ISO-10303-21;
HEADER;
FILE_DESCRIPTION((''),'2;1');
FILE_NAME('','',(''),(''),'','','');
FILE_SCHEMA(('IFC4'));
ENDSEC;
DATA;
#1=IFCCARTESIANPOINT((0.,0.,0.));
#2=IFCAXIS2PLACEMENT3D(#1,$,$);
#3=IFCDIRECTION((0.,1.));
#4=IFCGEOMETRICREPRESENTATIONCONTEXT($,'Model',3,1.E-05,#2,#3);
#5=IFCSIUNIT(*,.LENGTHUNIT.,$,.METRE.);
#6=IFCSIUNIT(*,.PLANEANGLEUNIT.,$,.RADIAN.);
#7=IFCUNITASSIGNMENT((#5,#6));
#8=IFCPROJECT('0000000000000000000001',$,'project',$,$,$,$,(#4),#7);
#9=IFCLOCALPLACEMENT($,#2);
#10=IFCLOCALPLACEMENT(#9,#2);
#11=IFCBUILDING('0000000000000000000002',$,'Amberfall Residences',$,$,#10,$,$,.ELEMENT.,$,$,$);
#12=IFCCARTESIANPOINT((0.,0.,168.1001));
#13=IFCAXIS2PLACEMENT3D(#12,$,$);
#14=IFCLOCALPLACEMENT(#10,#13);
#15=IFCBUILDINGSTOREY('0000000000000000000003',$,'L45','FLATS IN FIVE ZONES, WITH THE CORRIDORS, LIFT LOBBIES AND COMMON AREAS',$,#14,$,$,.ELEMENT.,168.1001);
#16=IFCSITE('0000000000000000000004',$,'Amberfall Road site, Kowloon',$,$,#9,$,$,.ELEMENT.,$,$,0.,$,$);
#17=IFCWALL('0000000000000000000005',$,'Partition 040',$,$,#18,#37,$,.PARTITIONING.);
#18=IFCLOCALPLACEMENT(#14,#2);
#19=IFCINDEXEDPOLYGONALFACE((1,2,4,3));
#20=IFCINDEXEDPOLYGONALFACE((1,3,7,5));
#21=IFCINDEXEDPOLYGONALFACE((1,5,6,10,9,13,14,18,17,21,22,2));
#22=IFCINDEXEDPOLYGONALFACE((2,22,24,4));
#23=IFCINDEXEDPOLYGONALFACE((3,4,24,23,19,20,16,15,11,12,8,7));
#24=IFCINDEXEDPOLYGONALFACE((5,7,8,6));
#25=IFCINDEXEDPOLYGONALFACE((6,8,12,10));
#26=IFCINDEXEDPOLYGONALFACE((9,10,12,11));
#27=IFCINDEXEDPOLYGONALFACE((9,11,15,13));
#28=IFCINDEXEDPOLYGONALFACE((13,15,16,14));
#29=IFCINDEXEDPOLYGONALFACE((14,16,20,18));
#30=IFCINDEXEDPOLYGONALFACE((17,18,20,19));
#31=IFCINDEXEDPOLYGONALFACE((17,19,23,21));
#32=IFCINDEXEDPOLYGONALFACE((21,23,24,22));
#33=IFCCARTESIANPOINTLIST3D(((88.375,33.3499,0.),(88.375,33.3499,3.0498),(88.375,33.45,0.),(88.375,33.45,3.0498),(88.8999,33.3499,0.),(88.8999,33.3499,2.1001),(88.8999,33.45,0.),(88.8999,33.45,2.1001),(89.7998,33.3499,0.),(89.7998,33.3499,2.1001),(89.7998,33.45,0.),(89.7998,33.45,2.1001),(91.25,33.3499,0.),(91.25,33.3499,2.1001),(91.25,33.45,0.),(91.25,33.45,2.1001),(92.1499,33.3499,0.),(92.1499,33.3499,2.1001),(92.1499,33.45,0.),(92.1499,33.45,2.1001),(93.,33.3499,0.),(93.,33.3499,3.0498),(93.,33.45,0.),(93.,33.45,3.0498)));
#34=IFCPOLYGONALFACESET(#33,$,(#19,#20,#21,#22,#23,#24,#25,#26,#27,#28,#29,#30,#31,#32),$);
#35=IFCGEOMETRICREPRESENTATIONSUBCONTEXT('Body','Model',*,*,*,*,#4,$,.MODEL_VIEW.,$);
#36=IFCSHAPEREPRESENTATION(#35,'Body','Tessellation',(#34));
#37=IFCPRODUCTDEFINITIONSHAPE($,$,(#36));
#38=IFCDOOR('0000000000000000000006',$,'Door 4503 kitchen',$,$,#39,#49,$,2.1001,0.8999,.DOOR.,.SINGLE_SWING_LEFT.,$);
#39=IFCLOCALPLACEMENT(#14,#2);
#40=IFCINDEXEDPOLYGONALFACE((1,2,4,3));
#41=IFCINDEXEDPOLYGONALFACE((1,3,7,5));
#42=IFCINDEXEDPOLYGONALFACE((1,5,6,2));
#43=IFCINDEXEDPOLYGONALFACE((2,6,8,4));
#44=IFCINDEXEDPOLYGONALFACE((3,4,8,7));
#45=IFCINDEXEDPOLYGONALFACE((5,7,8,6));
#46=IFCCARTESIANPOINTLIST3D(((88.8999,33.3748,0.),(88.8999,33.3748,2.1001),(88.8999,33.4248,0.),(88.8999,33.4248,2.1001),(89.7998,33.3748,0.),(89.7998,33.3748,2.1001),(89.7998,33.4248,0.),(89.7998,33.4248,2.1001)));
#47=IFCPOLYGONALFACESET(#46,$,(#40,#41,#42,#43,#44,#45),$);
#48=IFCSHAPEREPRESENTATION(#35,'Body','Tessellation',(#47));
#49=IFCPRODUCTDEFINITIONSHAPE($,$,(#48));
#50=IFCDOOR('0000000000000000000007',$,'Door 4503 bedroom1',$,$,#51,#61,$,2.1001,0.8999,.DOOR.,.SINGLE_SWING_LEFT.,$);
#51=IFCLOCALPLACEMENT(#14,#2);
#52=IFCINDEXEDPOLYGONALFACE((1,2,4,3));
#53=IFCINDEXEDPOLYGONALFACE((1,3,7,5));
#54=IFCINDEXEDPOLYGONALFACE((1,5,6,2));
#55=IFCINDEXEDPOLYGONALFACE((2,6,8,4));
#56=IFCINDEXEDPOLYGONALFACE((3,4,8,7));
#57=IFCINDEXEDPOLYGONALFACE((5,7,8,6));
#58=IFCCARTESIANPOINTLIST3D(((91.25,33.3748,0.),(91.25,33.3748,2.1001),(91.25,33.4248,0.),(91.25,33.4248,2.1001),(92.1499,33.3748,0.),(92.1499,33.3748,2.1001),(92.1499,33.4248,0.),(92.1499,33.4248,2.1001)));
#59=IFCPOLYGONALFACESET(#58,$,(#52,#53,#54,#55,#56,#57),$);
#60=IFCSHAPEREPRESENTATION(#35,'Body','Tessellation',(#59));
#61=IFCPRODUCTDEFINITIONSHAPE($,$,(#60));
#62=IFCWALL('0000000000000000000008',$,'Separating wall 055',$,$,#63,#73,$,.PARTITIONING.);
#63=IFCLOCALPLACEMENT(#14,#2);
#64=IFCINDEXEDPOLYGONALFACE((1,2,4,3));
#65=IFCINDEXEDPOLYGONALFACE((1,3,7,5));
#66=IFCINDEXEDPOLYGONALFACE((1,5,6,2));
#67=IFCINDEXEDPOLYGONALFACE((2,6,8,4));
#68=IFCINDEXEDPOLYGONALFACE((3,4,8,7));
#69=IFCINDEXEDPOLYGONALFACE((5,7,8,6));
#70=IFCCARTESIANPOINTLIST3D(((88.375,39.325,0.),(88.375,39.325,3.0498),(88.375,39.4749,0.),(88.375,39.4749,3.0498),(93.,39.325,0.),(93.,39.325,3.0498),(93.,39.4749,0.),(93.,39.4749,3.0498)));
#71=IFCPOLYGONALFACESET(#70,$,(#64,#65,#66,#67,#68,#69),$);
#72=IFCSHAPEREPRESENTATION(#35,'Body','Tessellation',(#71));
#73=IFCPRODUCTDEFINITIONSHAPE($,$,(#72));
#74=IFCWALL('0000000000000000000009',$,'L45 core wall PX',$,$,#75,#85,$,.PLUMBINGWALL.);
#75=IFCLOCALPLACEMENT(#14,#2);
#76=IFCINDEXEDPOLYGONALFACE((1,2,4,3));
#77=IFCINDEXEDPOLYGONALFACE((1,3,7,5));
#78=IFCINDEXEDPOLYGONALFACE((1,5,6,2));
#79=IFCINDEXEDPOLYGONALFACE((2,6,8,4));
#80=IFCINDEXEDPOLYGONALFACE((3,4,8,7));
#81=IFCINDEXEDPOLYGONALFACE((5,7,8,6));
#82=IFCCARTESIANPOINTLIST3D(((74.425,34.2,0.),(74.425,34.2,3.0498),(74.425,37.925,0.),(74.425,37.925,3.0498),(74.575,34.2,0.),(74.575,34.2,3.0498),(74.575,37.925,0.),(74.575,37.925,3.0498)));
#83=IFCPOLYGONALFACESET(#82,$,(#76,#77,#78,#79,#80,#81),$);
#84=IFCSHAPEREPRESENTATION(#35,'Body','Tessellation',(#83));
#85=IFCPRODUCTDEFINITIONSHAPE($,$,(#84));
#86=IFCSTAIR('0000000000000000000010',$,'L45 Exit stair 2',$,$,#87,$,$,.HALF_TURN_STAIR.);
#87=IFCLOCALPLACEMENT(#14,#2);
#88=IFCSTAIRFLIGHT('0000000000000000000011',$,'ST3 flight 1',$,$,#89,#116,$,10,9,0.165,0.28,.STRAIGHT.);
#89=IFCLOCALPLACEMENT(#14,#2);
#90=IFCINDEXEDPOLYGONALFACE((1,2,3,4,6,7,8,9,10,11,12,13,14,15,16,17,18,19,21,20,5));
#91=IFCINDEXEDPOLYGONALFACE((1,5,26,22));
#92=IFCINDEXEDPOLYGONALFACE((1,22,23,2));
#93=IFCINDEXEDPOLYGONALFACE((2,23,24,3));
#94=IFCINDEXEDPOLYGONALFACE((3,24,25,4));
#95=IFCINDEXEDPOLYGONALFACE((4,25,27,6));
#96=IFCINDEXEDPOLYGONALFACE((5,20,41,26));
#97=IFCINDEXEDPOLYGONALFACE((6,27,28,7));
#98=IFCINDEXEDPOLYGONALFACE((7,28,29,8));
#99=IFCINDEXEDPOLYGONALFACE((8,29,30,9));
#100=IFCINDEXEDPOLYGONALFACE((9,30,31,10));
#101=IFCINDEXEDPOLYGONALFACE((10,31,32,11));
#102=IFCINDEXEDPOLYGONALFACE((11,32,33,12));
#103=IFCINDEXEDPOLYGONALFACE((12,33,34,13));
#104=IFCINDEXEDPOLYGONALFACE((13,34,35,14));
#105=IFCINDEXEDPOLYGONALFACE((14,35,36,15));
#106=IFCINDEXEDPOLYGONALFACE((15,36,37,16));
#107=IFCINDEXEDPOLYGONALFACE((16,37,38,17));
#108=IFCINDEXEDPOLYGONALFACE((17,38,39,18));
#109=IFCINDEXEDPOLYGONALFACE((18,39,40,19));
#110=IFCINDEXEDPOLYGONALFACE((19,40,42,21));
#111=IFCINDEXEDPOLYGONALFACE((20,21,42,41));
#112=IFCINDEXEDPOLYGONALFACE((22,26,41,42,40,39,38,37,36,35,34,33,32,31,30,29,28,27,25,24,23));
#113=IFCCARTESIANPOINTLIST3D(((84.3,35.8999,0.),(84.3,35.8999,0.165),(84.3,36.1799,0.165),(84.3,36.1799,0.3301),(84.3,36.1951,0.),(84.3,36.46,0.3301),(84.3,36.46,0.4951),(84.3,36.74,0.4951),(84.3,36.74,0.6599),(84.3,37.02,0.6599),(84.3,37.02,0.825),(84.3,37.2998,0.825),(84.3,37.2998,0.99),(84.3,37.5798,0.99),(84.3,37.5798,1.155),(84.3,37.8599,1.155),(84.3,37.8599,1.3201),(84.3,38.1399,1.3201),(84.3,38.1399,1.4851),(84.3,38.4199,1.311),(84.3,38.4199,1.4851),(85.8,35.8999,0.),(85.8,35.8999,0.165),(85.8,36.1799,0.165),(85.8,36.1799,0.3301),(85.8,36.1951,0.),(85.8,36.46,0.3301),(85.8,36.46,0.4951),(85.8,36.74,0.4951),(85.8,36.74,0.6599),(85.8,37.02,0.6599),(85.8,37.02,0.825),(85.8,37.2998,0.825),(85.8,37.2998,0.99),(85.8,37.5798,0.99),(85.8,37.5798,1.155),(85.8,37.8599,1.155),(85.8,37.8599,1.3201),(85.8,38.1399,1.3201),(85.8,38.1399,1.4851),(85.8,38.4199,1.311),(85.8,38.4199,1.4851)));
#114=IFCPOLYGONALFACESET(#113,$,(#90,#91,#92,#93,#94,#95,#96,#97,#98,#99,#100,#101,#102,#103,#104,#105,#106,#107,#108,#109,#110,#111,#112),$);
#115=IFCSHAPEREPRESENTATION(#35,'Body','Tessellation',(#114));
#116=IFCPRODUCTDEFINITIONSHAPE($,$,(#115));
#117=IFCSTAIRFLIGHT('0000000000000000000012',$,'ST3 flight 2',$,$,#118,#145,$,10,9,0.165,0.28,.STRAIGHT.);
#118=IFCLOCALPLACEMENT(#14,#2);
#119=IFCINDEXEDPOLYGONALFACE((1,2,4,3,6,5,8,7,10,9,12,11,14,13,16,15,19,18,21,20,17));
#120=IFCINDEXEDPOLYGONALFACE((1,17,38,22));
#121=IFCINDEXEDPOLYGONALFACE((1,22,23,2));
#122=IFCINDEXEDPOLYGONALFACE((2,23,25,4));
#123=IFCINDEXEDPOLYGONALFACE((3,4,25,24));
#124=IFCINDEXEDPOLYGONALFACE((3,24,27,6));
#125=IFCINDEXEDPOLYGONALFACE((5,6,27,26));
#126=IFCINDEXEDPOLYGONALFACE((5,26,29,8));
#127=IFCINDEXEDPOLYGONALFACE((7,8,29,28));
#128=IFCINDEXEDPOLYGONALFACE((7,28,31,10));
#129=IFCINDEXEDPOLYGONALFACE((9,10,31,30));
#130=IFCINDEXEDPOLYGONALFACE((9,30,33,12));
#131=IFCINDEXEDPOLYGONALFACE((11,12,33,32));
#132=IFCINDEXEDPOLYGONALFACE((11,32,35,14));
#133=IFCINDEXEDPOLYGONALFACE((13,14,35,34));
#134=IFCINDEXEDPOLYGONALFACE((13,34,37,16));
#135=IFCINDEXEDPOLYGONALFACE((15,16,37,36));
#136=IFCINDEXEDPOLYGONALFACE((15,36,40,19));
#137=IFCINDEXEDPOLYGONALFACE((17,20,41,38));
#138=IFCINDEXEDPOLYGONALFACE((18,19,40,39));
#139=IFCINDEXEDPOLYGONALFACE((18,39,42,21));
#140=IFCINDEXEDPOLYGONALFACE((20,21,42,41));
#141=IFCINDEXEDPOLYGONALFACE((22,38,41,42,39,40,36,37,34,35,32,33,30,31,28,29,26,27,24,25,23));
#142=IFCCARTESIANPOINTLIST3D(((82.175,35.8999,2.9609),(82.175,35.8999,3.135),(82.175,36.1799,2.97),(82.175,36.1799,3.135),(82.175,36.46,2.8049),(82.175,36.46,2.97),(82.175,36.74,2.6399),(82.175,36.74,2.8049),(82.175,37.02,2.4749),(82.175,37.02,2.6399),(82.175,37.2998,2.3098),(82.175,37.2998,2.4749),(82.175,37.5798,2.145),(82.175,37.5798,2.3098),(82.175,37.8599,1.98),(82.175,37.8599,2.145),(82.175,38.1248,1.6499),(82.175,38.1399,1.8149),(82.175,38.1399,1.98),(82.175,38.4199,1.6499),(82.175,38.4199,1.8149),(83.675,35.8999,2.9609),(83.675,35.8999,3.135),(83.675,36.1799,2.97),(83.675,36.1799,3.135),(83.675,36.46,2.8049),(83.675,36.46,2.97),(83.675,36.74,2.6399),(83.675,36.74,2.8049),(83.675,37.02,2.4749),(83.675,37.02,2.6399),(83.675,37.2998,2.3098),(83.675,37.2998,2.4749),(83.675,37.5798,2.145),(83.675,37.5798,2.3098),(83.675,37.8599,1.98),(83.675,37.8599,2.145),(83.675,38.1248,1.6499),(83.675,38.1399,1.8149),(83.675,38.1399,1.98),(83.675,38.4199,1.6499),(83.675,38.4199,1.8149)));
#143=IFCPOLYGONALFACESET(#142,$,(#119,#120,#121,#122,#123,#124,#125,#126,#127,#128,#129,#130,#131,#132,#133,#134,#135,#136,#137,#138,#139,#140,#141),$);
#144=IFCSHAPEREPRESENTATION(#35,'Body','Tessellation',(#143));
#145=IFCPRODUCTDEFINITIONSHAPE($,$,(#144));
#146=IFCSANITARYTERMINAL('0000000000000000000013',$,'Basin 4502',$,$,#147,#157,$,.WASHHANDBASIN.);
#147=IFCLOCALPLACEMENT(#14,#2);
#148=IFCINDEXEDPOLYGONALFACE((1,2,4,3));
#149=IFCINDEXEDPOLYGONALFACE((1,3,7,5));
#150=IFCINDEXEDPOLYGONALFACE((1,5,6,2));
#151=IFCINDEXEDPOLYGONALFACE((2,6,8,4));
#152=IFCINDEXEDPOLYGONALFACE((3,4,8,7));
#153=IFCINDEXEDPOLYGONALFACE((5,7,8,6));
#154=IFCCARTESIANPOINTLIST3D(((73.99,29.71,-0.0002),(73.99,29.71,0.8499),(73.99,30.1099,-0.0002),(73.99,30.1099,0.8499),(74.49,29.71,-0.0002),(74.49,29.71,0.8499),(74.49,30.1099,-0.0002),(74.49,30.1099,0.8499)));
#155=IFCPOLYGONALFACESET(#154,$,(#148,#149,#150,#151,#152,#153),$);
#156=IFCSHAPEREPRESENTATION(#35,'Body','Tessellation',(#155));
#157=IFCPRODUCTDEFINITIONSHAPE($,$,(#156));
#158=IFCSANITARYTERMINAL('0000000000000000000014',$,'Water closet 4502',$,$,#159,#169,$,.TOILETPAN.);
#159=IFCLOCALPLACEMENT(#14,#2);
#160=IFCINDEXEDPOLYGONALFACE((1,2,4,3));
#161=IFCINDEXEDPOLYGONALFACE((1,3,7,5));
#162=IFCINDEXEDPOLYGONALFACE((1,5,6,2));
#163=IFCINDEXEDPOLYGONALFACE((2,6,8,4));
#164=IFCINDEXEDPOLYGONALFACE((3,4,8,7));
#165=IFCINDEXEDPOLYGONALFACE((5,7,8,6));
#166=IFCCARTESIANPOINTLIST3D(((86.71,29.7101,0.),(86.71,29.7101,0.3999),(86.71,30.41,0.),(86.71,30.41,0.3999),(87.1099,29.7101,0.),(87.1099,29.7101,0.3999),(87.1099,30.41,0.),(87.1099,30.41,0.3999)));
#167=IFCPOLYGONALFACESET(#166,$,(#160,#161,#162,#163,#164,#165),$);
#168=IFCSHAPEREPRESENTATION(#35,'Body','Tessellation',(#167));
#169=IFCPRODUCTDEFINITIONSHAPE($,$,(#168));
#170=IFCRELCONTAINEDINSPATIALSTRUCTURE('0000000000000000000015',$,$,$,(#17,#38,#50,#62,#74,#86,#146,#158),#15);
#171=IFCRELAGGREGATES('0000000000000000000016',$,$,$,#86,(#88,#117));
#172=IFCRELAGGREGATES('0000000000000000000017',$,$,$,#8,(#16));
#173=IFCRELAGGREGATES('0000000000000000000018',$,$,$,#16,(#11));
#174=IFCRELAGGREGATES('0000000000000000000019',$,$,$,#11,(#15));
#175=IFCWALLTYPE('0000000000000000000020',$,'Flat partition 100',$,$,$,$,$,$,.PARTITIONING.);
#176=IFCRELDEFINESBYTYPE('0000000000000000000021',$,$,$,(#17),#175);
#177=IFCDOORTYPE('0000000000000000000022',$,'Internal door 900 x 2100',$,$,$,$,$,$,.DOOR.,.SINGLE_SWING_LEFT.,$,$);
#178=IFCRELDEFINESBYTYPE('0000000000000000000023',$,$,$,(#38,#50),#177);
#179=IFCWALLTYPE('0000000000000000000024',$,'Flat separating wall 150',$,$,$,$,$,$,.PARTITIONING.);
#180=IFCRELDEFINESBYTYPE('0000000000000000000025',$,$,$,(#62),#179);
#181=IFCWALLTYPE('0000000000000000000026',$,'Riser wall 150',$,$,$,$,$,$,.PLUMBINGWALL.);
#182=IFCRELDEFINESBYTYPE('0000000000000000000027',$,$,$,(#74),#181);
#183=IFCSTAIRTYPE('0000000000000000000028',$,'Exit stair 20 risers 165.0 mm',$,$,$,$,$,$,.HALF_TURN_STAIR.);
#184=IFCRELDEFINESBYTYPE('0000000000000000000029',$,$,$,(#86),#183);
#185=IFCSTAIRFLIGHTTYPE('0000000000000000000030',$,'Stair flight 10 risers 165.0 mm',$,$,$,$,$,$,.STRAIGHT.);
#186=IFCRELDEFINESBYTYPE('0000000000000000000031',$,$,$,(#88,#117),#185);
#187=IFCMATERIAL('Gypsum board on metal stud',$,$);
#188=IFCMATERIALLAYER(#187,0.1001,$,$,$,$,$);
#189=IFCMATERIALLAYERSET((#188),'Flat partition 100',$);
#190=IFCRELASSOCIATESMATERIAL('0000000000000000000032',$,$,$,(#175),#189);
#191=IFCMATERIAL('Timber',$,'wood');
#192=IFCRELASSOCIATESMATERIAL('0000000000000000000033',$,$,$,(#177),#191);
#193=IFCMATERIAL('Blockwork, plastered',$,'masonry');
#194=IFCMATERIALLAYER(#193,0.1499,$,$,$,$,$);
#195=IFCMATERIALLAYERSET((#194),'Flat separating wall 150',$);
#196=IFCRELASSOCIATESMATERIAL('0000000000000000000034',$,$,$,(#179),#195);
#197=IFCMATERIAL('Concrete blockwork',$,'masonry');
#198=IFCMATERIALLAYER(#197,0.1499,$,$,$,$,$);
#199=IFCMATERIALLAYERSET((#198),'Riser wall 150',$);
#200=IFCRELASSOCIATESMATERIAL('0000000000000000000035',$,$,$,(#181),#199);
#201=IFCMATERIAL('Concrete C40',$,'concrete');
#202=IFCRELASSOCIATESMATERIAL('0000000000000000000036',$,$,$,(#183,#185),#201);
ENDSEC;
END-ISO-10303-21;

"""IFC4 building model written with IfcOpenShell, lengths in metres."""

from ifc_helpers import new_model, si_unit, direction, frame, frame_2d, origin, origin_2d, place, context, subcontext, project, spatial, polyline, rectangle, outline, extrude, material, layer, layer_set, type_object, element, fill, aggregate, save


model = new_model("IFC4")

# Units and contexts
model_context = context("Model", 3, precision=1e-05, world=origin(), true_north=direction((0.0, 1.0)))
body_context = subcontext(model_context, "Body", "Model", "MODEL_VIEW")
ifc_project = project(units=[si_unit("LENGTHUNIT", "METRE"), si_unit("PLANEANGLEUNIT", "RADIAN")], contexts=[model_context])

# Site, building, storey
site_placement = place(None, origin())
site = spatial("IfcSite", under=ifc_project, at=site_placement, Name="Amberfall Road site, Kowloon", CompositionType="ELEMENT", RefElevation=0.0)
building_placement = place(site_placement, origin())
building = spatial("IfcBuilding", under=site, at=building_placement, Name="Amberfall Residences", CompositionType="ELEMENT")
storey_placement = place(building_placement, frame((0.0, 0.0, 168.1001)))
storey = spatial("IfcBuildingStorey", under=building, at=storey_placement, Name="L45", Description="FLATS IN FIVE ZONES, WITH THE CORRIDORS, LIFT LOBBIES AND COMMON AREAS", CompositionType="ELEMENT", Elevation=168.1001)

# Shared definitions
ifc_material_1 = material(Name="Gypsum board on metal stud")
ifc_layer_1 = layer(ifc_material_1, 0.1001)
ifc_layer_set_1 = layer_set([ifc_layer_1], Name="Flat partition 100")
wall_type_1 = type_object("IfcWallType", Name="Flat partition 100", PredefinedType="PARTITIONING", material=ifc_layer_set_1)
ifc_material_2 = material(Name="Timber", Category="wood")
door_type_1 = type_object("IfcDoorType", Name="Internal door 900 x 2100", OperationType="SINGLE_SWING_LEFT", PredefinedType="DOOR", material=ifc_material_2)

# Wall, openings, doors
wall_1_placement = place(storey_placement, frame((88.375, 33.3999, 0.0), z_axis=(0.0, 0.0, 1.0), x_axis=(1.0, 0.0, 0.0)))
wall_1 = element("IfcWall", 1, at=wall_1_placement, inside=storey, type_object=wall_type_1, Name="Partition 040", PredefinedType="PARTITIONING", context=body_context, shape_type="SweptSolid", body=[
    extrude(rectangle(XDim=4.625, YDim=0.1001, at=frame_2d((2.3125, 0.0))), origin(), (0.0, 0.0, 1.0), 3.0498),
])
opening_1_placement = place(wall_1_placement, frame((0.5249, 0.0, 0.0)))
opening_1 = element("IfcOpeningElement", 2, at=opening_1_placement, cuts=wall_1, PredefinedType="OPENING", context=body_context, shape_type="SweptSolid", body=[
    extrude(rectangle(XDim=0.8999, YDim=2.1001, at=frame_2d((0.45, 1.05))), frame((0.0, 0.0601, 0.0), z_axis=(0.0, -1.0, 0.0), x_axis=(1.0, 0.0, 0.0)), (0.0, 0.0, 1.0), 0.1201),
])
opening_2_placement = place(wall_1_placement, frame((2.875, 0.0, 0.0)))
opening_2 = element("IfcOpeningElement", 3, at=opening_2_placement, cuts=wall_1, PredefinedType="OPENING", context=body_context, shape_type="SweptSolid", body=[
    extrude(rectangle(XDim=0.8999, YDim=2.1001, at=frame_2d((0.45, 1.05))), frame((0.0, 0.0601, 0.0), z_axis=(0.0, -1.0, 0.0), x_axis=(1.0, 0.0, 0.0)), (0.0, 0.0, 1.0), 0.1201),
])
door_1_placement = place(opening_1_placement, origin())
door_1 = element("IfcDoor", 4, at=door_1_placement, inside=storey, type_object=door_type_1, Name="Door 4503 kitchen", OperationType="SINGLE_SWING_LEFT", OverallHeight=2.1001, OverallWidth=0.8999, PredefinedType="DOOR", context=body_context, shape_type="SweptSolid", body=[
    extrude(rectangle(XDim=0.8999, YDim=2.1001, at=frame_2d((0.45, 1.05))), frame((0.0, 0.0249, 0.0), z_axis=(0.0, -1.0, 0.0), x_axis=(1.0, 0.0, 0.0)), (0.0, 0.0, 1.0), 0.05),
])
fill(opening_1, door_1)
door_2_placement = place(opening_2_placement, origin())
door_2 = element("IfcDoor", 5, at=door_2_placement, inside=storey, type_object=door_type_1, Name="Door 4503 bedroom1", OperationType="SINGLE_SWING_LEFT", OverallHeight=2.1001, OverallWidth=0.8999, PredefinedType="DOOR", context=body_context, shape_type="SweptSolid", body=[
    extrude(rectangle(XDim=0.8999, YDim=2.1001, at=frame_2d((0.45, 1.05))), frame((0.0, 0.0249, 0.0), z_axis=(0.0, -1.0, 0.0), x_axis=(1.0, 0.0, 0.0)), (0.0, 0.0, 1.0), 0.05),
])
fill(opening_2, door_2)

# Walls
ifc_material_3 = material(Name="Blockwork, plastered", Category="masonry")
ifc_layer_2 = layer(ifc_material_3, 0.1499)
ifc_layer_set_2 = layer_set([ifc_layer_2], Name="Flat separating wall 150")
wall_type_2 = type_object("IfcWallType", Name="Flat separating wall 150", PredefinedType="PARTITIONING", material=ifc_layer_set_2)
wall_2_placement = place(storey_placement, frame((88.375, 39.3999, 0.0), z_axis=(0.0, 0.0, 1.0), x_axis=(1.0, 0.0, 0.0)))
element("IfcWall", 6, at=wall_2_placement, inside=storey, type_object=wall_type_2, Name="Separating wall 055", PredefinedType="PARTITIONING", context=body_context, shape_type="SweptSolid", body=[
    extrude(rectangle(XDim=4.625, YDim=0.1499, at=frame_2d((2.3125, 0.0))), origin(), (0.0, 0.0, 1.0), 3.0498),
])
ifc_material_4 = material(Name="Concrete blockwork", Category="masonry")
ifc_layer_3 = layer(ifc_material_4, 0.1499)
ifc_layer_set_3 = layer_set([ifc_layer_3], Name="Riser wall 150")
wall_type_3 = type_object("IfcWallType", Name="Riser wall 150", PredefinedType="PLUMBINGWALL", material=ifc_layer_set_3)
wall_3_placement = place(storey_placement, frame((74.5, 34.2, 0.0), z_axis=(0.0, 0.0, 1.0), x_axis=(0.0, 1.0, 0.0)))
element("IfcWall", 7, at=wall_3_placement, inside=storey, type_object=wall_type_3, Name="L45 core wall PX", PredefinedType="PLUMBINGWALL", context=body_context, shape_type="SweptSolid", body=[
    extrude(rectangle(XDim=3.7251, YDim=0.1499, at=frame_2d((1.8625, 0.0))), origin(), (0.0, 0.0, 1.0), 3.0498),
])

# Stair, stair flights
ifc_material_5 = material(Name="Concrete C40", Category="concrete")
stair_type = type_object("IfcStairType", Name="Exit stair 20 risers 165.0 mm", PredefinedType="HALF_TURN_STAIR", material=ifc_material_5)
stair_placement = place(storey_placement, origin())
stair = element("IfcStair", 8, at=stair_placement, inside=storey, type_object=stair_type, Name="L45 Exit stair 2", PredefinedType="HALF_TURN_STAIR")
stair_flight_type = type_object("IfcStairFlightType", Name="Stair flight 10 risers 165.0 mm", PredefinedType="STRAIGHT", material=ifc_material_5)
stair_flight_1_placement = place(storey_placement, frame((85.05, 35.8999, 0.0), z_axis=(0.0, 0.0, 1.0), x_axis=(0.0, 1.0, 0.0)))
stair_flight_1 = element("IfcStairFlight", 9, at=stair_flight_1_placement, type_object=stair_flight_type, Name="ST3 flight 1", NumberOfRisers=10, NumberOfTreads=9, PredefinedType="STRAIGHT", RiserHeight=0.165, TreadLength=0.28, context=body_context, shape_type="SweptSolid", body=[
    extrude(outline(polyline([(0.0, 0.0), (0.0, 0.165), (0.28, 0.165), (0.28, 0.3301), (0.5601, 0.3301), (0.5601, 0.4951), (0.8401, 0.4951), (0.8401, 0.6599), (1.1201, 0.6599), (1.1201, 0.825), (1.3999, 0.825), (1.3999, 0.99), (1.6799, 0.99), (1.6799, 1.155), (1.96, 1.155), (1.96, 1.3201), (2.24, 1.3201), (2.24, 1.4851), (2.52, 1.4851), (2.52, 1.6499), (2.52, 1.311), (0.2952, 0.0), (0.0, 0.0)])), frame((0.0, 0.75, 0.0), z_axis=(0.0, -1.0, 0.0), x_axis=(1.0, 0.0, 0.0)), (0.0, 0.0, 1.0), 1.5),
])
stair_flight_2_placement = place(storey_placement, frame((82.925, 38.4199, 1.6499), z_axis=(0.0, 0.0, 1.0), x_axis=(0.0, -1.0, 0.0)))
stair_flight_2 = element("IfcStairFlight", 10, at=stair_flight_2_placement, type_object=stair_flight_type, Name="ST3 flight 2", NumberOfRisers=10, NumberOfTreads=9, PredefinedType="STRAIGHT", RiserHeight=0.165, TreadLength=0.28, context=body_context, shape_type="SweptSolid", body=[
    extrude(outline(polyline([(0.0, 0.0), (0.0, 0.165), (0.28, 0.165), (0.28, 0.3301), (0.5601, 0.3301), (0.5601, 0.4951), (0.8401, 0.4951), (0.8401, 0.6599), (1.1201, 0.6599), (1.1201, 0.825), (1.3999, 0.825), (1.3999, 0.99), (1.6799, 0.99), (1.6799, 1.155), (1.96, 1.155), (1.96, 1.3201), (2.24, 1.3201), (2.24, 1.4851), (2.52, 1.4851), (2.52, 1.6499), (2.52, 1.311), (0.2952, 0.0), (0.0, 0.0)])), frame((0.0, 0.75, 0.0), z_axis=(0.0, -1.0, 0.0), x_axis=(1.0, 0.0, 0.0)), (0.0, 0.0, 1.0), 1.5),
])
aggregate(stair, [stair_flight_1, stair_flight_2])

# Sanitary terminals
sanitary_terminal_1_placement = place(storey_placement, frame((74.24, 29.9099, -0.0002), z_axis=(0.0, 0.0, 1.0), x_axis=(1.0, 0.0, 0.0)))
element("IfcSanitaryTerminal", 11, at=sanitary_terminal_1_placement, inside=storey, Name="Basin 4502", PredefinedType="WASHHANDBASIN", context=body_context, shape_type="SweptSolid", body=[
    extrude(rectangle(XDim=0.5, YDim=0.3999, at=origin_2d()), origin(), (0.0, 0.0, 1.0), 0.8501),
])
sanitary_terminal_2_placement = place(storey_placement, frame((86.9099, 30.0601, 0.0), z_axis=(0.0, 0.0, 1.0), x_axis=(1.0, 0.0, 0.0)))
element("IfcSanitaryTerminal", 12, at=sanitary_terminal_2_placement, inside=storey, Name="Water closet 4502", PredefinedType="TOILETPAN", context=body_context, shape_type="SweptSolid", body=[
    extrude(rectangle(XDim=0.3999, YDim=0.7, at=origin_2d()), origin(), (0.0, 0.0, 1.0), 0.3999),
])

save(model, "model.ifc")
